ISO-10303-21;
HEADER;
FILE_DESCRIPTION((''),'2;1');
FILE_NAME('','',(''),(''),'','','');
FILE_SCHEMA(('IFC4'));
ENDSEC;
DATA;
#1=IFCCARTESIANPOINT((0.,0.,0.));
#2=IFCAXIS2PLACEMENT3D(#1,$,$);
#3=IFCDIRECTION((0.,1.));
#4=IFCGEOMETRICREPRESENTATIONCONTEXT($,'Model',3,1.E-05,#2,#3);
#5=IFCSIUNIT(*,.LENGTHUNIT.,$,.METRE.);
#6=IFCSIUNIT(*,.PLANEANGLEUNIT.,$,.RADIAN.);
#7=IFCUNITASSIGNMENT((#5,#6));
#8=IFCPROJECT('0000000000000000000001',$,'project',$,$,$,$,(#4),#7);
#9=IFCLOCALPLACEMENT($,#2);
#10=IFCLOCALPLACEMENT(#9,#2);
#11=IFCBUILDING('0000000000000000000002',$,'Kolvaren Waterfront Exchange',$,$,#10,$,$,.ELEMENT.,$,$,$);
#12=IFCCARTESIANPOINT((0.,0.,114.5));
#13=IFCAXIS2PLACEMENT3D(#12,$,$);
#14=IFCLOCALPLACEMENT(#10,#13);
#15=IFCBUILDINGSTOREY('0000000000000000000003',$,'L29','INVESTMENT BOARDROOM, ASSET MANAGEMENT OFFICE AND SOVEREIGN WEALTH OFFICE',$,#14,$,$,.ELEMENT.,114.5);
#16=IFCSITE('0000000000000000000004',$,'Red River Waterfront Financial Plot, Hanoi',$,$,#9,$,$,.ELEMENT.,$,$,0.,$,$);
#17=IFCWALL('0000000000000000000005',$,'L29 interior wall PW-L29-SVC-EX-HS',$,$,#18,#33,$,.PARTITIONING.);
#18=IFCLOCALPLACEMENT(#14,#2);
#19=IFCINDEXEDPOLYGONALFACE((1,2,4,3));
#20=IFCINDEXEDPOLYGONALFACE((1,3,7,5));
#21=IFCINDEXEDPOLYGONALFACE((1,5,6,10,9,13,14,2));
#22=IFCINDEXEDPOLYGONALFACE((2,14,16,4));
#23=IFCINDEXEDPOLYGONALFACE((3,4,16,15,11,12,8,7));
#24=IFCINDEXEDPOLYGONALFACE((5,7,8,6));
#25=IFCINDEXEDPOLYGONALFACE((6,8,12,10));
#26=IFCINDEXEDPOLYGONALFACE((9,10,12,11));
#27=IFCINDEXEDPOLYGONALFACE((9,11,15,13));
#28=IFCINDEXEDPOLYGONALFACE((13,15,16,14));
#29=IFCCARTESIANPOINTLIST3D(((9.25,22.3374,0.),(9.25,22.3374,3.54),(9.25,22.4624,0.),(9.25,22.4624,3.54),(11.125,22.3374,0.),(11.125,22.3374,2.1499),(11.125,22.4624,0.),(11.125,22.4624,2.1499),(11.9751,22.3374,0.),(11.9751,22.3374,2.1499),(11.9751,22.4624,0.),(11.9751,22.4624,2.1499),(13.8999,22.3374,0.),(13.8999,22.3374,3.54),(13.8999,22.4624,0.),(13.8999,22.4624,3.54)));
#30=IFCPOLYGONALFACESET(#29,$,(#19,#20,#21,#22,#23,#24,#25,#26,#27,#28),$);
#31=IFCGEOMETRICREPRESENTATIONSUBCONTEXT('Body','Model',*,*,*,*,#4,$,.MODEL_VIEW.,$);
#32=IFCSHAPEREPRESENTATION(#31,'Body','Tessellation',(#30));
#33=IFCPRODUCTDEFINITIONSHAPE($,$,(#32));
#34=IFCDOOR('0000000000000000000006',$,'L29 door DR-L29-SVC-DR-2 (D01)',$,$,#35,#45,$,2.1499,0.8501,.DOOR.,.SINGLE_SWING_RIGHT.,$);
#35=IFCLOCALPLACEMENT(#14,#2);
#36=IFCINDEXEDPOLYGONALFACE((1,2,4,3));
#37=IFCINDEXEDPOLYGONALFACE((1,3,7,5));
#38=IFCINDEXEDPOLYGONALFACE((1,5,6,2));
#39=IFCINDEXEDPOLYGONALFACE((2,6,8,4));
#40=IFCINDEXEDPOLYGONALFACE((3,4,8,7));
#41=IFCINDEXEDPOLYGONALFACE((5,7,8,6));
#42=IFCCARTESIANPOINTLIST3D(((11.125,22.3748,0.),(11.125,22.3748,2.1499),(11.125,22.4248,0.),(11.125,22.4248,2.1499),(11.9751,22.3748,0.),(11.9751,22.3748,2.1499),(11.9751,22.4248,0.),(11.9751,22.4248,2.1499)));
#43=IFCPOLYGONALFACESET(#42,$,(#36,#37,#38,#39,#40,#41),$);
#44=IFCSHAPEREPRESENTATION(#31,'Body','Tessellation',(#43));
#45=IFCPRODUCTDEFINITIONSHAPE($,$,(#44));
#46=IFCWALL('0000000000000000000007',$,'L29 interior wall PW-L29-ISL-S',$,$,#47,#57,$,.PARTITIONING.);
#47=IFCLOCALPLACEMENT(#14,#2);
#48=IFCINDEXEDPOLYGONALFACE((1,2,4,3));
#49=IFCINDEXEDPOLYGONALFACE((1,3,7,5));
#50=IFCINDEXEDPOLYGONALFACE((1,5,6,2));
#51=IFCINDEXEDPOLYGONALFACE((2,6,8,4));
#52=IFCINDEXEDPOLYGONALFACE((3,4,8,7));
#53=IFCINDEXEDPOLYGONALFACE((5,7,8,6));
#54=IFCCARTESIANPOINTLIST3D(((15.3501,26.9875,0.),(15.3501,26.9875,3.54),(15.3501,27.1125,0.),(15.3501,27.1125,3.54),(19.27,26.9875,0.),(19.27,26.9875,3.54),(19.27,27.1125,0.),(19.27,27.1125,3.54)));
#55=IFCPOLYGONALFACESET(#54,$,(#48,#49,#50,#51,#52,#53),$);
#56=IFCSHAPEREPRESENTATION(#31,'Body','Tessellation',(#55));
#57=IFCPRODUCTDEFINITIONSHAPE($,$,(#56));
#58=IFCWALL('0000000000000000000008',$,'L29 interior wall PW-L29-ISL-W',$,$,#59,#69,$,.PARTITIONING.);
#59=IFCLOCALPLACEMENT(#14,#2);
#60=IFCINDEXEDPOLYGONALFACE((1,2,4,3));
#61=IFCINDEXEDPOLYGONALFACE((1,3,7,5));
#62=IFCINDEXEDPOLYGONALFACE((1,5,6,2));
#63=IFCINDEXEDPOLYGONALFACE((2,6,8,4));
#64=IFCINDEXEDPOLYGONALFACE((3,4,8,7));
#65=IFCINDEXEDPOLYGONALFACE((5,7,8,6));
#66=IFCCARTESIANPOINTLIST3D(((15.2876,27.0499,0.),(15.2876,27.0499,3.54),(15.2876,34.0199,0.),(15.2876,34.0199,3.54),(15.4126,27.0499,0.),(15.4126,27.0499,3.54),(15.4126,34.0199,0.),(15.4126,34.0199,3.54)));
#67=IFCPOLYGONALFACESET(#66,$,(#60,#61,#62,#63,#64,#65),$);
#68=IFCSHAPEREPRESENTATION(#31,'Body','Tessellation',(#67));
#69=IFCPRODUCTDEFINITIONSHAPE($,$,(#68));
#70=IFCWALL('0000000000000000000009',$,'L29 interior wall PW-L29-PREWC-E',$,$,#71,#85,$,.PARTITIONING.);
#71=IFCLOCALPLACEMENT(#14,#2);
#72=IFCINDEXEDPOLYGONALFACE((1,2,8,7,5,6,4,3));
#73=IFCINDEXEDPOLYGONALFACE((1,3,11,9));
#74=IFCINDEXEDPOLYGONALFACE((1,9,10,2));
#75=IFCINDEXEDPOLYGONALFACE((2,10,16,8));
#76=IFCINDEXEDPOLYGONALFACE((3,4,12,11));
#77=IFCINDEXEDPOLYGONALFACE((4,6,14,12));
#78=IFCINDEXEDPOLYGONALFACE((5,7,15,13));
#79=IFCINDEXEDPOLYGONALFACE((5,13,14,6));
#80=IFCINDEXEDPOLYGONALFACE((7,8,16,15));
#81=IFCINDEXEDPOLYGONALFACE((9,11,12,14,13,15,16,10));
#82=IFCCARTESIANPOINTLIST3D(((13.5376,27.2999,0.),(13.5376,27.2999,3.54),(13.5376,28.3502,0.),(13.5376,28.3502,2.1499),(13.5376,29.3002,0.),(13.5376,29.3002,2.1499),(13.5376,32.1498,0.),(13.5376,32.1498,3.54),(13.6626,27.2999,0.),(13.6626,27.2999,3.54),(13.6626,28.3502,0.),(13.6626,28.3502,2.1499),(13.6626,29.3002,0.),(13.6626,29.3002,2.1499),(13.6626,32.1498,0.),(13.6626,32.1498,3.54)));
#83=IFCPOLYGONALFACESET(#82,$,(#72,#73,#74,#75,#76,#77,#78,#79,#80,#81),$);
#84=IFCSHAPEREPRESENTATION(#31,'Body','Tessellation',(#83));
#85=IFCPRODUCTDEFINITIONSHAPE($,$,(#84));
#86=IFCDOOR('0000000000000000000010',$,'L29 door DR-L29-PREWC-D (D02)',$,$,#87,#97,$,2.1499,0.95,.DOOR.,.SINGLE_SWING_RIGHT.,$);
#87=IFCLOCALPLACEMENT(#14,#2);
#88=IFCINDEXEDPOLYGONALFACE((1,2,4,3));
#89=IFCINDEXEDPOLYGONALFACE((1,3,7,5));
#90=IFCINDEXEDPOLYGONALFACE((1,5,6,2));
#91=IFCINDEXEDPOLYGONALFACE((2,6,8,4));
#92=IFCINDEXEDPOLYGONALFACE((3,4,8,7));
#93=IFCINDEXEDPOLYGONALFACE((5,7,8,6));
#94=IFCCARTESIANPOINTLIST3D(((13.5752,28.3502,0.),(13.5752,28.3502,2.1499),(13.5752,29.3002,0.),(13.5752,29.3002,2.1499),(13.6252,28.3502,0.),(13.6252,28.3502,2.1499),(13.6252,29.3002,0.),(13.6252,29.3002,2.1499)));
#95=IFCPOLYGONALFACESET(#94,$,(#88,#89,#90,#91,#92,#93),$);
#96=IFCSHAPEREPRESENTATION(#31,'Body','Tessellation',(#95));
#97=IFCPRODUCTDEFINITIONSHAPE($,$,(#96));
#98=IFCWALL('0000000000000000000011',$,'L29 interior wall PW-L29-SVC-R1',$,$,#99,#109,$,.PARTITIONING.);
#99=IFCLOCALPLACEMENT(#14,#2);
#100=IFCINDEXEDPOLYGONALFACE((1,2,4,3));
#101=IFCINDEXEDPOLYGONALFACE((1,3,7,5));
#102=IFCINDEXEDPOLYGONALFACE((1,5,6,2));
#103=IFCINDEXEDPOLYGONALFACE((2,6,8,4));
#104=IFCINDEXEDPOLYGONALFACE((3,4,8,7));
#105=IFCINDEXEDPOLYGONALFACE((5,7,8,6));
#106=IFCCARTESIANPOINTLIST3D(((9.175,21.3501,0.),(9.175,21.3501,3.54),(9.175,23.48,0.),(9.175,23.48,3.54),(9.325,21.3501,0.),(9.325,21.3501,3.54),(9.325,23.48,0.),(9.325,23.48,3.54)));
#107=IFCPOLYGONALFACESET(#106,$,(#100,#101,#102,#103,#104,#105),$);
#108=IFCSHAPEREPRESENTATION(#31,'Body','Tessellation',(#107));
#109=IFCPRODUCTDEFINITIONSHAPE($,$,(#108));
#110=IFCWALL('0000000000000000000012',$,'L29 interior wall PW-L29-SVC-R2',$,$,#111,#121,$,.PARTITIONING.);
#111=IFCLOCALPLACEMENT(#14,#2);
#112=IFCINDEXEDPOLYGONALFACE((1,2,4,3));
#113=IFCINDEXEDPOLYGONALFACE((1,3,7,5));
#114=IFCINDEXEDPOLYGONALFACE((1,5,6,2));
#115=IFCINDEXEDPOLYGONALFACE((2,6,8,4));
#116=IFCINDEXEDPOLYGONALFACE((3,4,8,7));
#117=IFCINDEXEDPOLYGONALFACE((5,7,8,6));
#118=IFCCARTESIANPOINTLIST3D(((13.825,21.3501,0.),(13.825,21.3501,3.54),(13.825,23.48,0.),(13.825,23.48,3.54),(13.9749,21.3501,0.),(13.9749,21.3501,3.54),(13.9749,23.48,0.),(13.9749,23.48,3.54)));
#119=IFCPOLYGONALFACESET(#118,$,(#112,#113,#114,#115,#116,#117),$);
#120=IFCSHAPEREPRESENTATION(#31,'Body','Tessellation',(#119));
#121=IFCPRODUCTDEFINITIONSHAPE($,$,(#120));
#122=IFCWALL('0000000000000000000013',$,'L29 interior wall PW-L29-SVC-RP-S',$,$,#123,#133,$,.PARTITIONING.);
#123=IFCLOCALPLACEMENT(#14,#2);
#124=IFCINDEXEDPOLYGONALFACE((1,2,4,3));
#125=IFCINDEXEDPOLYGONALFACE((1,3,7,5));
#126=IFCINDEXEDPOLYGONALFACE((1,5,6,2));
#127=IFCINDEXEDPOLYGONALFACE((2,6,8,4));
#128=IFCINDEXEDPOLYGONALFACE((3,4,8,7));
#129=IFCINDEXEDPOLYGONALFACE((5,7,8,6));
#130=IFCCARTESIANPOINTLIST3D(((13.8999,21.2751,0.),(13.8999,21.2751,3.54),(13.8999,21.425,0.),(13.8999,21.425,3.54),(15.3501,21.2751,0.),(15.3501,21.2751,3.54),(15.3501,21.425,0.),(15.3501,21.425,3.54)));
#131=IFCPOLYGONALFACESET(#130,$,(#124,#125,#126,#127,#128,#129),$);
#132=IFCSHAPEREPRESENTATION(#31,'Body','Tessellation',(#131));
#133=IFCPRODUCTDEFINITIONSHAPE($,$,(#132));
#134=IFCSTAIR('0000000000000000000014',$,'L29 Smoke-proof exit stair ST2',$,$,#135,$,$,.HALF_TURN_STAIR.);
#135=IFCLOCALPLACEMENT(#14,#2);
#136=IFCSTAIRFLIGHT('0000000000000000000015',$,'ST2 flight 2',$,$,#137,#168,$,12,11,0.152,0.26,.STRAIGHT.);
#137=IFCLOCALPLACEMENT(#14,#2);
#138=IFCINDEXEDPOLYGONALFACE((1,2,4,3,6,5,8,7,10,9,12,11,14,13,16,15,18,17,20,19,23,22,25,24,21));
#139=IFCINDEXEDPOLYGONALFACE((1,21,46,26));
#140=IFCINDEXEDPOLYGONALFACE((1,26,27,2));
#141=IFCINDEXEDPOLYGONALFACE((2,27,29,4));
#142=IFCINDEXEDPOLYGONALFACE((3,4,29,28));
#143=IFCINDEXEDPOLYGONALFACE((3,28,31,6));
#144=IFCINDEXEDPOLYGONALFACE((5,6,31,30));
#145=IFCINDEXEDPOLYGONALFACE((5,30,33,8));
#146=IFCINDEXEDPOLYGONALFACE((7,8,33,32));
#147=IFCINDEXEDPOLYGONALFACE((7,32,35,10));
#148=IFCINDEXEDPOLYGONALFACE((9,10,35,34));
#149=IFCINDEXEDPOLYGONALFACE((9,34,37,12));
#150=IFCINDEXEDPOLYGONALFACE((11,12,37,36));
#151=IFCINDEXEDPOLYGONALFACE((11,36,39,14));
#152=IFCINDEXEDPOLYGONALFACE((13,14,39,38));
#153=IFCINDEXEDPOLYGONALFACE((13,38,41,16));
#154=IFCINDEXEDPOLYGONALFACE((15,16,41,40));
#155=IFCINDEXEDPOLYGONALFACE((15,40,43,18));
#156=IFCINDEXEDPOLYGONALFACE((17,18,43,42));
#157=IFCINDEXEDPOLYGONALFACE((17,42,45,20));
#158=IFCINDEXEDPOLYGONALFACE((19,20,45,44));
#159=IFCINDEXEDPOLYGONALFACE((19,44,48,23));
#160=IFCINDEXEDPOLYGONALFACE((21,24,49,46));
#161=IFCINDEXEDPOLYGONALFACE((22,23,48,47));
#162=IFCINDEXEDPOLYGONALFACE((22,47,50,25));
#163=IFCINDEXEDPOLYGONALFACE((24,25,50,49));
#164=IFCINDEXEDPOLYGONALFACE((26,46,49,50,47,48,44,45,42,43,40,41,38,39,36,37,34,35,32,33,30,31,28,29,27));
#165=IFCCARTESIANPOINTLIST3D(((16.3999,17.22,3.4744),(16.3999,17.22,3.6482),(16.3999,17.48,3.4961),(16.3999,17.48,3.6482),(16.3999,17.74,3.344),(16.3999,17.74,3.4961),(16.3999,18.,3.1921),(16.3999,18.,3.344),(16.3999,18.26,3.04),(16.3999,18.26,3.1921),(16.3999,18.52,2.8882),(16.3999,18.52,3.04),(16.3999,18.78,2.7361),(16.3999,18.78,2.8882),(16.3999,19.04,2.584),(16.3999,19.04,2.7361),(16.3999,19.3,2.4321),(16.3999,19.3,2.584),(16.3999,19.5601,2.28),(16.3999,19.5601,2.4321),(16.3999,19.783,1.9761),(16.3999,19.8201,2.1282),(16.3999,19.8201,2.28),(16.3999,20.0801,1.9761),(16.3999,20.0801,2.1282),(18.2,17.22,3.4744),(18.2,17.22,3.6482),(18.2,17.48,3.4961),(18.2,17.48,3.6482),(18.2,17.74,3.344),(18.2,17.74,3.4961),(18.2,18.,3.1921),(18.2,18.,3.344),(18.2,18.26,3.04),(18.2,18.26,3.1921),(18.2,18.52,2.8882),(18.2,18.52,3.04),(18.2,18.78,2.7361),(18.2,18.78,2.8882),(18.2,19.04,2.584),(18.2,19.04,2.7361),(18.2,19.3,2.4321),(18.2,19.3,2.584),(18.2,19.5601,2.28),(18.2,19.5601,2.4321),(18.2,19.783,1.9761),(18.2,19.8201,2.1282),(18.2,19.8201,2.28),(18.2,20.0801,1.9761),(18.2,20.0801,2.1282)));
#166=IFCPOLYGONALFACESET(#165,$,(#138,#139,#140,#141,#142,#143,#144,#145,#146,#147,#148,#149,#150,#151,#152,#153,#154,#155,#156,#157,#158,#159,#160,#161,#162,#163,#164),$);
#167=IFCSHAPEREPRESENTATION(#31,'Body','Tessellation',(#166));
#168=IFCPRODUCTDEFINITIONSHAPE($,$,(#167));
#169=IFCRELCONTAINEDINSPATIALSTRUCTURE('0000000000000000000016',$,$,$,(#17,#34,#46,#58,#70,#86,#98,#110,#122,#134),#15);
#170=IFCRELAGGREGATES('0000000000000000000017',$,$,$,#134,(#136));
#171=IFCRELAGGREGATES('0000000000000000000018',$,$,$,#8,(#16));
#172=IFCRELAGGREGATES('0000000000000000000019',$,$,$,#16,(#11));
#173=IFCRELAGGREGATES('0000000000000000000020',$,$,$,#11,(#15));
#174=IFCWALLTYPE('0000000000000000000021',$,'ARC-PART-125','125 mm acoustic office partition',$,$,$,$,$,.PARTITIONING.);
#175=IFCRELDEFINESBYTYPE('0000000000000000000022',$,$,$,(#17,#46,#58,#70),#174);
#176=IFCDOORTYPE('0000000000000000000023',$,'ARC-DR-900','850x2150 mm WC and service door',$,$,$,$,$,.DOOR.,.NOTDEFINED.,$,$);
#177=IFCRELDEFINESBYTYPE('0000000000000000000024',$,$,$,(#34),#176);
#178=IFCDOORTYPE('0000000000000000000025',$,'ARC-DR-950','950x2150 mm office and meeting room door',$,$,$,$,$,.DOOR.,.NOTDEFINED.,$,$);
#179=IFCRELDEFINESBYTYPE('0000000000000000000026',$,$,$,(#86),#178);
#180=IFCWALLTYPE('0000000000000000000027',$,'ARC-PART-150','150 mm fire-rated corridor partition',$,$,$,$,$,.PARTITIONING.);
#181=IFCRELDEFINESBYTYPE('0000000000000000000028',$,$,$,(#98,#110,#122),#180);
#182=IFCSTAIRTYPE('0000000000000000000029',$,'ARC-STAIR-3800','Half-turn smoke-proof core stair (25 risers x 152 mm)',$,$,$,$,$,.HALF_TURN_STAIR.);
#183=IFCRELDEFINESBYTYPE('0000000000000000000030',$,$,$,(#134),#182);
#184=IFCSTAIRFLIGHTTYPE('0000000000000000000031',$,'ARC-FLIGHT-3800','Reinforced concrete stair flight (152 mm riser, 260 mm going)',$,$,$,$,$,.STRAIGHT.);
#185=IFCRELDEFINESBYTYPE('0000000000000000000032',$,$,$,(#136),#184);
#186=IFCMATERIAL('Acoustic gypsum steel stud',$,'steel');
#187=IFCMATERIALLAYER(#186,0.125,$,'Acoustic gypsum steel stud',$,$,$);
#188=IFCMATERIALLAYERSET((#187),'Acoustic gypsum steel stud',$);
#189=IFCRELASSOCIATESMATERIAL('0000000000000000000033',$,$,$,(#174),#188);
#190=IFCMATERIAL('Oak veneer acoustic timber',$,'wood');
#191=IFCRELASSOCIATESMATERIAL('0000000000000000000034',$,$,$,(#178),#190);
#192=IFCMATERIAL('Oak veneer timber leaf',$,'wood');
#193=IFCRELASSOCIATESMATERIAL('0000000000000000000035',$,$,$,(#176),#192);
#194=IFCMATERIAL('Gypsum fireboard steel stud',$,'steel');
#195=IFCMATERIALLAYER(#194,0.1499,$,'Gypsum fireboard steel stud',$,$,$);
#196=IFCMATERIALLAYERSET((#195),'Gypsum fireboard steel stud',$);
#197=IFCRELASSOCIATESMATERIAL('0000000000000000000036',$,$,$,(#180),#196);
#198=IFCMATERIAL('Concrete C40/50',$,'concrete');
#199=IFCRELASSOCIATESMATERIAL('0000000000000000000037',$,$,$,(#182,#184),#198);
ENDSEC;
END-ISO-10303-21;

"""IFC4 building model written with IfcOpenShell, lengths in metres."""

from ifc_helpers import new_model, si_unit, direction, frame, frame_2d, origin, place, context, subcontext, project, spatial, polyline, rectangle, outline, extrude, material, layer, layer_set, type_object, element, fill, aggregate, save


model = new_model("IFC4")

# Units and contexts
model_context = context("Model", 3, precision=1e-05, world=origin(), true_north=direction((0.0, 1.0)))
body_context = subcontext(model_context, "Body", "Model", "MODEL_VIEW")
ifc_project = project(units=[si_unit("LENGTHUNIT", "METRE"), si_unit("PLANEANGLEUNIT", "RADIAN")], contexts=[model_context])

# Site, building, storey
site_placement = place(None, origin())
site = spatial("IfcSite", under=ifc_project, at=site_placement, Name="Red River Waterfront Financial Plot, Hanoi", CompositionType="ELEMENT", RefElevation=0.0)
building_placement = place(site_placement, origin())
building = spatial("IfcBuilding", under=site, at=building_placement, Name="Kolvaren Waterfront Exchange", CompositionType="ELEMENT")
storey_placement = place(building_placement, frame((0.0, 0.0, 114.5)))
storey = spatial("IfcBuildingStorey", under=building, at=storey_placement, Name="L29", Description="INVESTMENT BOARDROOM, ASSET MANAGEMENT OFFICE AND SOVEREIGN WEALTH OFFICE", CompositionType="ELEMENT", Elevation=114.5)

# Wall, opening, door
ifc_material_1 = material(Name="Acoustic gypsum steel stud", Category="steel")
ifc_layer_1 = layer(ifc_material_1, 0.125, Name="Acoustic gypsum steel stud")
ifc_layer_set_1 = layer_set([ifc_layer_1], Name="Acoustic gypsum steel stud")
wall_type_1 = type_object("IfcWallType", Name="ARC-PART-125", Description="125 mm acoustic office partition", PredefinedType="PARTITIONING", material=ifc_layer_set_1)
ifc_material_2 = material(Name="Oak veneer acoustic timber", Category="wood")
door_type_1 = type_object("IfcDoorType", Name="ARC-DR-950", Description="950x2150 mm office and meeting room door", OperationType="NOTDEFINED", PredefinedType="DOOR", material=ifc_material_2)
wall_1_placement = place(storey_placement, frame((9.25, 22.3999, 0.0), z_axis=(0.0, 0.0, 1.0), x_axis=(1.0, 0.0, 0.0)))
wall_1 = element("IfcWall", 1, at=wall_1_placement, inside=storey, type_object=wall_type_1, Name="L29 interior wall PW-L29-SVC-EX-HS", PredefinedType="PARTITIONING", context=body_context, shape_type="SweptSolid", body=[
    extrude(rectangle(XDim=4.6499, YDim=0.125, at=frame_2d((2.325, 0.0))), origin(), (0.0, 0.0, 1.0), 3.54),
])
opening_1_placement = place(wall_1_placement, frame((1.875, 0.0, 0.0)))
opening_1 = element("IfcOpeningElement", 2, at=opening_1_placement, cuts=wall_1, PredefinedType="OPENING", context=body_context, shape_type="SweptSolid", body=[
    extrude(rectangle(XDim=0.8501, YDim=2.1499, at=frame_2d((0.425, 1.075))), frame((0.0, 0.0725, 0.0), z_axis=(0.0, -1.0, 0.0), x_axis=(1.0, 0.0, 0.0)), (0.0, 0.0, 1.0), 0.145),
])
ifc_material_3 = material(Name="Oak veneer timber leaf", Category="wood")
door_type_2 = type_object("IfcDoorType", Name="ARC-DR-900", Description="850x2150 mm WC and service door", OperationType="NOTDEFINED", PredefinedType="DOOR", material=ifc_material_3)
door_1_placement = place(opening_1_placement, origin())
door_1 = element("IfcDoor", 3, at=door_1_placement, inside=storey, type_object=door_type_2, Name="L29 door DR-L29-SVC-DR-2 (D01)", OperationType="SINGLE_SWING_RIGHT", OverallHeight=2.1499, OverallWidth=0.8501, PredefinedType="DOOR", context=body_context, shape_type="SweptSolid", body=[
    extrude(rectangle(XDim=0.8501, YDim=2.1499, at=frame_2d((0.425, 1.075))), frame((0.0, 0.0249, 0.0), z_axis=(0.0, -1.0, 0.0), x_axis=(1.0, 0.0, 0.0)), (0.0, 0.0, 1.0), 0.05),
])
fill(opening_1, door_1)

# Walls
wall_2_placement = place(storey_placement, frame((15.3501, 27.05, 0.0), z_axis=(0.0, 0.0, 1.0), x_axis=(1.0, 0.0, 0.0)))
element("IfcWall", 4, at=wall_2_placement, inside=storey, type_object=wall_type_1, Name="L29 interior wall PW-L29-ISL-S", PredefinedType="PARTITIONING", context=body_context, shape_type="SweptSolid", body=[
    extrude(rectangle(XDim=3.9199, YDim=0.125, at=frame_2d((1.96, 0.0))), origin(), (0.0, 0.0, 1.0), 3.54),
])
wall_3_placement = place(storey_placement, frame((15.3501, 27.05, 0.0), z_axis=(0.0, 0.0, 1.0), x_axis=(0.0, 1.0, 0.0)))
element("IfcWall", 5, at=wall_3_placement, inside=storey, type_object=wall_type_1, Name="L29 interior wall PW-L29-ISL-W", PredefinedType="PARTITIONING", context=body_context, shape_type="SweptSolid", body=[
    extrude(rectangle(XDim=6.97, YDim=0.125, at=frame_2d((3.4849, 0.0))), origin(), (0.0, 0.0, 1.0), 3.54),
])

# Wall, opening, door
wall_4_placement = place(storey_placement, frame((13.6001, 27.3, 0.0), z_axis=(0.0, 0.0, 1.0), x_axis=(0.0, 1.0, 0.0)))
wall_4 = element("IfcWall", 6, at=wall_4_placement, inside=storey, type_object=wall_type_1, Name="L29 interior wall PW-L29-PREWC-E", PredefinedType="PARTITIONING", context=body_context, shape_type="SweptSolid", body=[
    extrude(rectangle(XDim=4.8499, YDim=0.125, at=frame_2d((2.4248, 0.0))), origin(), (0.0, 0.0, 1.0), 3.54),
])
opening_2_placement = place(wall_4_placement, frame((1.05, 0.0, 0.0)))
opening_2 = element("IfcOpeningElement", 7, at=opening_2_placement, cuts=wall_4, PredefinedType="OPENING", context=body_context, shape_type="SweptSolid", body=[
    extrude(rectangle(XDim=0.95, YDim=2.1499, at=frame_2d((0.4751, 1.075))), frame((0.0, 0.0725, 0.0), z_axis=(0.0, -1.0, 0.0), x_axis=(1.0, 0.0, 0.0)), (0.0, 0.0, 1.0), 0.145),
])
door_2_placement = place(opening_2_placement, origin())
door_2 = element("IfcDoor", 8, at=door_2_placement, inside=storey, type_object=door_type_1, Name="L29 door DR-L29-PREWC-D (D02)", OperationType="SINGLE_SWING_RIGHT", OverallHeight=2.1499, OverallWidth=0.95, PredefinedType="DOOR", context=body_context, shape_type="SweptSolid", body=[
    extrude(rectangle(XDim=0.95, YDim=2.1499, at=frame_2d((0.4751, 1.075))), frame((0.0, 0.0249, 0.0), z_axis=(0.0, -1.0, 0.0), x_axis=(1.0, 0.0, 0.0)), (0.0, 0.0, 1.0), 0.05),
])
fill(opening_2, door_2)

# Walls
ifc_material_4 = material(Name="Gypsum fireboard steel stud", Category="steel")
ifc_layer_2 = layer(ifc_material_4, 0.1499, Name="Gypsum fireboard steel stud")
ifc_layer_set_2 = layer_set([ifc_layer_2], Name="Gypsum fireboard steel stud")
wall_type_2 = type_object("IfcWallType", Name="ARC-PART-150", Description="150 mm fire-rated corridor partition", PredefinedType="PARTITIONING", material=ifc_layer_set_2)
for number, where, z_axis, x_axis, name in (
    (9, (9.25, 21.3501, 0.0), (0.0, 0.0, 1.0), (0.0, 1.0, 0.0), "L29 interior wall PW-L29-SVC-R1"),
    (10, (13.8999, 21.3501, 0.0), (0.0, 0.0, 1.0), (0.0, 1.0, 0.0), "L29 interior wall PW-L29-SVC-R2"),
):
    element("IfcWall", number, at=place(storey_placement, frame(where, z_axis=z_axis, x_axis=x_axis)), inside=storey, type_object=wall_type_2, Name=name, PredefinedType="PARTITIONING", context=body_context, shape_type="SweptSolid", body=[
        extrude(rectangle(XDim=2.1299, YDim=0.1499, at=frame_2d((1.0649, 0.0))), origin(), (0.0, 0.0, 1.0), 3.54),
    ])

# Wall
wall_5_placement = place(storey_placement, frame((13.8999, 21.3501, 0.0), z_axis=(0.0, 0.0, 1.0), x_axis=(1.0, 0.0, 0.0)))
element("IfcWall", 11, at=wall_5_placement, inside=storey, type_object=wall_type_2, Name="L29 interior wall PW-L29-SVC-RP-S", PredefinedType="PARTITIONING", context=body_context, shape_type="SweptSolid", body=[
    extrude(rectangle(XDim=1.4502, YDim=0.1499, at=frame_2d((0.7251, 0.0))), origin(), (0.0, 0.0, 1.0), 3.54),
])

# Stair, stair flight
ifc_material_5 = material(Name="Concrete C40/50", Category="concrete")
stair_type = type_object("IfcStairType", Name="ARC-STAIR-3800", Description="Half-turn smoke-proof core stair (25 risers x 152 mm)", PredefinedType="HALF_TURN_STAIR", material=ifc_material_5)
stair_placement = place(storey_placement, origin())
stair = element("IfcStair", 12, at=stair_placement, inside=storey, type_object=stair_type, Name="L29 Smoke-proof exit stair ST2", PredefinedType="HALF_TURN_STAIR")
stair_flight_type = type_object("IfcStairFlightType", Name="ARC-FLIGHT-3800", Description="Reinforced concrete stair flight (152 mm riser, 260 mm going)", PredefinedType="STRAIGHT", material=ifc_material_5)
stair_flight_placement = place(storey_placement, frame((17.3, 20.0801, 1.9761), z_axis=(0.0, 0.0, 1.0), x_axis=(0.0, -1.0, 0.0)))
stair_flight = element("IfcStairFlight", 13, at=stair_flight_placement, type_object=stair_flight_type, Name="ST2 flight 2", NumberOfRisers=12, NumberOfTreads=11, PredefinedType="STRAIGHT", RiserHeight=0.152, TreadLength=0.26, context=body_context, shape_type="SweptSolid", body=[
    extrude(outline(polyline([(0.0, 0.0), (0.0, 0.1521), (0.26, 0.1521), (0.26, 0.304), (0.52, 0.304), (0.52, 0.4561), (0.78, 0.4561), (0.78, 0.6079), (1.04, 0.6079), (1.04, 0.76), (1.3, 0.76), (1.3, 0.9121), (1.5601, 0.9121), (1.5601, 1.064), (1.8201, 1.064), (1.8201, 1.2161), (2.0801, 1.2161), (2.0801, 1.3679), (2.3401, 1.3679), (2.3401, 1.52), (2.6001, 1.52), (2.6001, 1.6721), (2.8601, 1.6721), (2.8601, 1.824), (2.8601, 1.4983), (0.2971, 0.0), (0.0, 0.0)])), frame((0.0, 0.8999, 0.0), z_axis=(0.0, -1.0, 0.0), x_axis=(1.0, 0.0, 0.0)), (0.0, 0.0, 1.0), 1.8),
])
aggregate(stair, [stair_flight])

save(model, "model.ifc")
